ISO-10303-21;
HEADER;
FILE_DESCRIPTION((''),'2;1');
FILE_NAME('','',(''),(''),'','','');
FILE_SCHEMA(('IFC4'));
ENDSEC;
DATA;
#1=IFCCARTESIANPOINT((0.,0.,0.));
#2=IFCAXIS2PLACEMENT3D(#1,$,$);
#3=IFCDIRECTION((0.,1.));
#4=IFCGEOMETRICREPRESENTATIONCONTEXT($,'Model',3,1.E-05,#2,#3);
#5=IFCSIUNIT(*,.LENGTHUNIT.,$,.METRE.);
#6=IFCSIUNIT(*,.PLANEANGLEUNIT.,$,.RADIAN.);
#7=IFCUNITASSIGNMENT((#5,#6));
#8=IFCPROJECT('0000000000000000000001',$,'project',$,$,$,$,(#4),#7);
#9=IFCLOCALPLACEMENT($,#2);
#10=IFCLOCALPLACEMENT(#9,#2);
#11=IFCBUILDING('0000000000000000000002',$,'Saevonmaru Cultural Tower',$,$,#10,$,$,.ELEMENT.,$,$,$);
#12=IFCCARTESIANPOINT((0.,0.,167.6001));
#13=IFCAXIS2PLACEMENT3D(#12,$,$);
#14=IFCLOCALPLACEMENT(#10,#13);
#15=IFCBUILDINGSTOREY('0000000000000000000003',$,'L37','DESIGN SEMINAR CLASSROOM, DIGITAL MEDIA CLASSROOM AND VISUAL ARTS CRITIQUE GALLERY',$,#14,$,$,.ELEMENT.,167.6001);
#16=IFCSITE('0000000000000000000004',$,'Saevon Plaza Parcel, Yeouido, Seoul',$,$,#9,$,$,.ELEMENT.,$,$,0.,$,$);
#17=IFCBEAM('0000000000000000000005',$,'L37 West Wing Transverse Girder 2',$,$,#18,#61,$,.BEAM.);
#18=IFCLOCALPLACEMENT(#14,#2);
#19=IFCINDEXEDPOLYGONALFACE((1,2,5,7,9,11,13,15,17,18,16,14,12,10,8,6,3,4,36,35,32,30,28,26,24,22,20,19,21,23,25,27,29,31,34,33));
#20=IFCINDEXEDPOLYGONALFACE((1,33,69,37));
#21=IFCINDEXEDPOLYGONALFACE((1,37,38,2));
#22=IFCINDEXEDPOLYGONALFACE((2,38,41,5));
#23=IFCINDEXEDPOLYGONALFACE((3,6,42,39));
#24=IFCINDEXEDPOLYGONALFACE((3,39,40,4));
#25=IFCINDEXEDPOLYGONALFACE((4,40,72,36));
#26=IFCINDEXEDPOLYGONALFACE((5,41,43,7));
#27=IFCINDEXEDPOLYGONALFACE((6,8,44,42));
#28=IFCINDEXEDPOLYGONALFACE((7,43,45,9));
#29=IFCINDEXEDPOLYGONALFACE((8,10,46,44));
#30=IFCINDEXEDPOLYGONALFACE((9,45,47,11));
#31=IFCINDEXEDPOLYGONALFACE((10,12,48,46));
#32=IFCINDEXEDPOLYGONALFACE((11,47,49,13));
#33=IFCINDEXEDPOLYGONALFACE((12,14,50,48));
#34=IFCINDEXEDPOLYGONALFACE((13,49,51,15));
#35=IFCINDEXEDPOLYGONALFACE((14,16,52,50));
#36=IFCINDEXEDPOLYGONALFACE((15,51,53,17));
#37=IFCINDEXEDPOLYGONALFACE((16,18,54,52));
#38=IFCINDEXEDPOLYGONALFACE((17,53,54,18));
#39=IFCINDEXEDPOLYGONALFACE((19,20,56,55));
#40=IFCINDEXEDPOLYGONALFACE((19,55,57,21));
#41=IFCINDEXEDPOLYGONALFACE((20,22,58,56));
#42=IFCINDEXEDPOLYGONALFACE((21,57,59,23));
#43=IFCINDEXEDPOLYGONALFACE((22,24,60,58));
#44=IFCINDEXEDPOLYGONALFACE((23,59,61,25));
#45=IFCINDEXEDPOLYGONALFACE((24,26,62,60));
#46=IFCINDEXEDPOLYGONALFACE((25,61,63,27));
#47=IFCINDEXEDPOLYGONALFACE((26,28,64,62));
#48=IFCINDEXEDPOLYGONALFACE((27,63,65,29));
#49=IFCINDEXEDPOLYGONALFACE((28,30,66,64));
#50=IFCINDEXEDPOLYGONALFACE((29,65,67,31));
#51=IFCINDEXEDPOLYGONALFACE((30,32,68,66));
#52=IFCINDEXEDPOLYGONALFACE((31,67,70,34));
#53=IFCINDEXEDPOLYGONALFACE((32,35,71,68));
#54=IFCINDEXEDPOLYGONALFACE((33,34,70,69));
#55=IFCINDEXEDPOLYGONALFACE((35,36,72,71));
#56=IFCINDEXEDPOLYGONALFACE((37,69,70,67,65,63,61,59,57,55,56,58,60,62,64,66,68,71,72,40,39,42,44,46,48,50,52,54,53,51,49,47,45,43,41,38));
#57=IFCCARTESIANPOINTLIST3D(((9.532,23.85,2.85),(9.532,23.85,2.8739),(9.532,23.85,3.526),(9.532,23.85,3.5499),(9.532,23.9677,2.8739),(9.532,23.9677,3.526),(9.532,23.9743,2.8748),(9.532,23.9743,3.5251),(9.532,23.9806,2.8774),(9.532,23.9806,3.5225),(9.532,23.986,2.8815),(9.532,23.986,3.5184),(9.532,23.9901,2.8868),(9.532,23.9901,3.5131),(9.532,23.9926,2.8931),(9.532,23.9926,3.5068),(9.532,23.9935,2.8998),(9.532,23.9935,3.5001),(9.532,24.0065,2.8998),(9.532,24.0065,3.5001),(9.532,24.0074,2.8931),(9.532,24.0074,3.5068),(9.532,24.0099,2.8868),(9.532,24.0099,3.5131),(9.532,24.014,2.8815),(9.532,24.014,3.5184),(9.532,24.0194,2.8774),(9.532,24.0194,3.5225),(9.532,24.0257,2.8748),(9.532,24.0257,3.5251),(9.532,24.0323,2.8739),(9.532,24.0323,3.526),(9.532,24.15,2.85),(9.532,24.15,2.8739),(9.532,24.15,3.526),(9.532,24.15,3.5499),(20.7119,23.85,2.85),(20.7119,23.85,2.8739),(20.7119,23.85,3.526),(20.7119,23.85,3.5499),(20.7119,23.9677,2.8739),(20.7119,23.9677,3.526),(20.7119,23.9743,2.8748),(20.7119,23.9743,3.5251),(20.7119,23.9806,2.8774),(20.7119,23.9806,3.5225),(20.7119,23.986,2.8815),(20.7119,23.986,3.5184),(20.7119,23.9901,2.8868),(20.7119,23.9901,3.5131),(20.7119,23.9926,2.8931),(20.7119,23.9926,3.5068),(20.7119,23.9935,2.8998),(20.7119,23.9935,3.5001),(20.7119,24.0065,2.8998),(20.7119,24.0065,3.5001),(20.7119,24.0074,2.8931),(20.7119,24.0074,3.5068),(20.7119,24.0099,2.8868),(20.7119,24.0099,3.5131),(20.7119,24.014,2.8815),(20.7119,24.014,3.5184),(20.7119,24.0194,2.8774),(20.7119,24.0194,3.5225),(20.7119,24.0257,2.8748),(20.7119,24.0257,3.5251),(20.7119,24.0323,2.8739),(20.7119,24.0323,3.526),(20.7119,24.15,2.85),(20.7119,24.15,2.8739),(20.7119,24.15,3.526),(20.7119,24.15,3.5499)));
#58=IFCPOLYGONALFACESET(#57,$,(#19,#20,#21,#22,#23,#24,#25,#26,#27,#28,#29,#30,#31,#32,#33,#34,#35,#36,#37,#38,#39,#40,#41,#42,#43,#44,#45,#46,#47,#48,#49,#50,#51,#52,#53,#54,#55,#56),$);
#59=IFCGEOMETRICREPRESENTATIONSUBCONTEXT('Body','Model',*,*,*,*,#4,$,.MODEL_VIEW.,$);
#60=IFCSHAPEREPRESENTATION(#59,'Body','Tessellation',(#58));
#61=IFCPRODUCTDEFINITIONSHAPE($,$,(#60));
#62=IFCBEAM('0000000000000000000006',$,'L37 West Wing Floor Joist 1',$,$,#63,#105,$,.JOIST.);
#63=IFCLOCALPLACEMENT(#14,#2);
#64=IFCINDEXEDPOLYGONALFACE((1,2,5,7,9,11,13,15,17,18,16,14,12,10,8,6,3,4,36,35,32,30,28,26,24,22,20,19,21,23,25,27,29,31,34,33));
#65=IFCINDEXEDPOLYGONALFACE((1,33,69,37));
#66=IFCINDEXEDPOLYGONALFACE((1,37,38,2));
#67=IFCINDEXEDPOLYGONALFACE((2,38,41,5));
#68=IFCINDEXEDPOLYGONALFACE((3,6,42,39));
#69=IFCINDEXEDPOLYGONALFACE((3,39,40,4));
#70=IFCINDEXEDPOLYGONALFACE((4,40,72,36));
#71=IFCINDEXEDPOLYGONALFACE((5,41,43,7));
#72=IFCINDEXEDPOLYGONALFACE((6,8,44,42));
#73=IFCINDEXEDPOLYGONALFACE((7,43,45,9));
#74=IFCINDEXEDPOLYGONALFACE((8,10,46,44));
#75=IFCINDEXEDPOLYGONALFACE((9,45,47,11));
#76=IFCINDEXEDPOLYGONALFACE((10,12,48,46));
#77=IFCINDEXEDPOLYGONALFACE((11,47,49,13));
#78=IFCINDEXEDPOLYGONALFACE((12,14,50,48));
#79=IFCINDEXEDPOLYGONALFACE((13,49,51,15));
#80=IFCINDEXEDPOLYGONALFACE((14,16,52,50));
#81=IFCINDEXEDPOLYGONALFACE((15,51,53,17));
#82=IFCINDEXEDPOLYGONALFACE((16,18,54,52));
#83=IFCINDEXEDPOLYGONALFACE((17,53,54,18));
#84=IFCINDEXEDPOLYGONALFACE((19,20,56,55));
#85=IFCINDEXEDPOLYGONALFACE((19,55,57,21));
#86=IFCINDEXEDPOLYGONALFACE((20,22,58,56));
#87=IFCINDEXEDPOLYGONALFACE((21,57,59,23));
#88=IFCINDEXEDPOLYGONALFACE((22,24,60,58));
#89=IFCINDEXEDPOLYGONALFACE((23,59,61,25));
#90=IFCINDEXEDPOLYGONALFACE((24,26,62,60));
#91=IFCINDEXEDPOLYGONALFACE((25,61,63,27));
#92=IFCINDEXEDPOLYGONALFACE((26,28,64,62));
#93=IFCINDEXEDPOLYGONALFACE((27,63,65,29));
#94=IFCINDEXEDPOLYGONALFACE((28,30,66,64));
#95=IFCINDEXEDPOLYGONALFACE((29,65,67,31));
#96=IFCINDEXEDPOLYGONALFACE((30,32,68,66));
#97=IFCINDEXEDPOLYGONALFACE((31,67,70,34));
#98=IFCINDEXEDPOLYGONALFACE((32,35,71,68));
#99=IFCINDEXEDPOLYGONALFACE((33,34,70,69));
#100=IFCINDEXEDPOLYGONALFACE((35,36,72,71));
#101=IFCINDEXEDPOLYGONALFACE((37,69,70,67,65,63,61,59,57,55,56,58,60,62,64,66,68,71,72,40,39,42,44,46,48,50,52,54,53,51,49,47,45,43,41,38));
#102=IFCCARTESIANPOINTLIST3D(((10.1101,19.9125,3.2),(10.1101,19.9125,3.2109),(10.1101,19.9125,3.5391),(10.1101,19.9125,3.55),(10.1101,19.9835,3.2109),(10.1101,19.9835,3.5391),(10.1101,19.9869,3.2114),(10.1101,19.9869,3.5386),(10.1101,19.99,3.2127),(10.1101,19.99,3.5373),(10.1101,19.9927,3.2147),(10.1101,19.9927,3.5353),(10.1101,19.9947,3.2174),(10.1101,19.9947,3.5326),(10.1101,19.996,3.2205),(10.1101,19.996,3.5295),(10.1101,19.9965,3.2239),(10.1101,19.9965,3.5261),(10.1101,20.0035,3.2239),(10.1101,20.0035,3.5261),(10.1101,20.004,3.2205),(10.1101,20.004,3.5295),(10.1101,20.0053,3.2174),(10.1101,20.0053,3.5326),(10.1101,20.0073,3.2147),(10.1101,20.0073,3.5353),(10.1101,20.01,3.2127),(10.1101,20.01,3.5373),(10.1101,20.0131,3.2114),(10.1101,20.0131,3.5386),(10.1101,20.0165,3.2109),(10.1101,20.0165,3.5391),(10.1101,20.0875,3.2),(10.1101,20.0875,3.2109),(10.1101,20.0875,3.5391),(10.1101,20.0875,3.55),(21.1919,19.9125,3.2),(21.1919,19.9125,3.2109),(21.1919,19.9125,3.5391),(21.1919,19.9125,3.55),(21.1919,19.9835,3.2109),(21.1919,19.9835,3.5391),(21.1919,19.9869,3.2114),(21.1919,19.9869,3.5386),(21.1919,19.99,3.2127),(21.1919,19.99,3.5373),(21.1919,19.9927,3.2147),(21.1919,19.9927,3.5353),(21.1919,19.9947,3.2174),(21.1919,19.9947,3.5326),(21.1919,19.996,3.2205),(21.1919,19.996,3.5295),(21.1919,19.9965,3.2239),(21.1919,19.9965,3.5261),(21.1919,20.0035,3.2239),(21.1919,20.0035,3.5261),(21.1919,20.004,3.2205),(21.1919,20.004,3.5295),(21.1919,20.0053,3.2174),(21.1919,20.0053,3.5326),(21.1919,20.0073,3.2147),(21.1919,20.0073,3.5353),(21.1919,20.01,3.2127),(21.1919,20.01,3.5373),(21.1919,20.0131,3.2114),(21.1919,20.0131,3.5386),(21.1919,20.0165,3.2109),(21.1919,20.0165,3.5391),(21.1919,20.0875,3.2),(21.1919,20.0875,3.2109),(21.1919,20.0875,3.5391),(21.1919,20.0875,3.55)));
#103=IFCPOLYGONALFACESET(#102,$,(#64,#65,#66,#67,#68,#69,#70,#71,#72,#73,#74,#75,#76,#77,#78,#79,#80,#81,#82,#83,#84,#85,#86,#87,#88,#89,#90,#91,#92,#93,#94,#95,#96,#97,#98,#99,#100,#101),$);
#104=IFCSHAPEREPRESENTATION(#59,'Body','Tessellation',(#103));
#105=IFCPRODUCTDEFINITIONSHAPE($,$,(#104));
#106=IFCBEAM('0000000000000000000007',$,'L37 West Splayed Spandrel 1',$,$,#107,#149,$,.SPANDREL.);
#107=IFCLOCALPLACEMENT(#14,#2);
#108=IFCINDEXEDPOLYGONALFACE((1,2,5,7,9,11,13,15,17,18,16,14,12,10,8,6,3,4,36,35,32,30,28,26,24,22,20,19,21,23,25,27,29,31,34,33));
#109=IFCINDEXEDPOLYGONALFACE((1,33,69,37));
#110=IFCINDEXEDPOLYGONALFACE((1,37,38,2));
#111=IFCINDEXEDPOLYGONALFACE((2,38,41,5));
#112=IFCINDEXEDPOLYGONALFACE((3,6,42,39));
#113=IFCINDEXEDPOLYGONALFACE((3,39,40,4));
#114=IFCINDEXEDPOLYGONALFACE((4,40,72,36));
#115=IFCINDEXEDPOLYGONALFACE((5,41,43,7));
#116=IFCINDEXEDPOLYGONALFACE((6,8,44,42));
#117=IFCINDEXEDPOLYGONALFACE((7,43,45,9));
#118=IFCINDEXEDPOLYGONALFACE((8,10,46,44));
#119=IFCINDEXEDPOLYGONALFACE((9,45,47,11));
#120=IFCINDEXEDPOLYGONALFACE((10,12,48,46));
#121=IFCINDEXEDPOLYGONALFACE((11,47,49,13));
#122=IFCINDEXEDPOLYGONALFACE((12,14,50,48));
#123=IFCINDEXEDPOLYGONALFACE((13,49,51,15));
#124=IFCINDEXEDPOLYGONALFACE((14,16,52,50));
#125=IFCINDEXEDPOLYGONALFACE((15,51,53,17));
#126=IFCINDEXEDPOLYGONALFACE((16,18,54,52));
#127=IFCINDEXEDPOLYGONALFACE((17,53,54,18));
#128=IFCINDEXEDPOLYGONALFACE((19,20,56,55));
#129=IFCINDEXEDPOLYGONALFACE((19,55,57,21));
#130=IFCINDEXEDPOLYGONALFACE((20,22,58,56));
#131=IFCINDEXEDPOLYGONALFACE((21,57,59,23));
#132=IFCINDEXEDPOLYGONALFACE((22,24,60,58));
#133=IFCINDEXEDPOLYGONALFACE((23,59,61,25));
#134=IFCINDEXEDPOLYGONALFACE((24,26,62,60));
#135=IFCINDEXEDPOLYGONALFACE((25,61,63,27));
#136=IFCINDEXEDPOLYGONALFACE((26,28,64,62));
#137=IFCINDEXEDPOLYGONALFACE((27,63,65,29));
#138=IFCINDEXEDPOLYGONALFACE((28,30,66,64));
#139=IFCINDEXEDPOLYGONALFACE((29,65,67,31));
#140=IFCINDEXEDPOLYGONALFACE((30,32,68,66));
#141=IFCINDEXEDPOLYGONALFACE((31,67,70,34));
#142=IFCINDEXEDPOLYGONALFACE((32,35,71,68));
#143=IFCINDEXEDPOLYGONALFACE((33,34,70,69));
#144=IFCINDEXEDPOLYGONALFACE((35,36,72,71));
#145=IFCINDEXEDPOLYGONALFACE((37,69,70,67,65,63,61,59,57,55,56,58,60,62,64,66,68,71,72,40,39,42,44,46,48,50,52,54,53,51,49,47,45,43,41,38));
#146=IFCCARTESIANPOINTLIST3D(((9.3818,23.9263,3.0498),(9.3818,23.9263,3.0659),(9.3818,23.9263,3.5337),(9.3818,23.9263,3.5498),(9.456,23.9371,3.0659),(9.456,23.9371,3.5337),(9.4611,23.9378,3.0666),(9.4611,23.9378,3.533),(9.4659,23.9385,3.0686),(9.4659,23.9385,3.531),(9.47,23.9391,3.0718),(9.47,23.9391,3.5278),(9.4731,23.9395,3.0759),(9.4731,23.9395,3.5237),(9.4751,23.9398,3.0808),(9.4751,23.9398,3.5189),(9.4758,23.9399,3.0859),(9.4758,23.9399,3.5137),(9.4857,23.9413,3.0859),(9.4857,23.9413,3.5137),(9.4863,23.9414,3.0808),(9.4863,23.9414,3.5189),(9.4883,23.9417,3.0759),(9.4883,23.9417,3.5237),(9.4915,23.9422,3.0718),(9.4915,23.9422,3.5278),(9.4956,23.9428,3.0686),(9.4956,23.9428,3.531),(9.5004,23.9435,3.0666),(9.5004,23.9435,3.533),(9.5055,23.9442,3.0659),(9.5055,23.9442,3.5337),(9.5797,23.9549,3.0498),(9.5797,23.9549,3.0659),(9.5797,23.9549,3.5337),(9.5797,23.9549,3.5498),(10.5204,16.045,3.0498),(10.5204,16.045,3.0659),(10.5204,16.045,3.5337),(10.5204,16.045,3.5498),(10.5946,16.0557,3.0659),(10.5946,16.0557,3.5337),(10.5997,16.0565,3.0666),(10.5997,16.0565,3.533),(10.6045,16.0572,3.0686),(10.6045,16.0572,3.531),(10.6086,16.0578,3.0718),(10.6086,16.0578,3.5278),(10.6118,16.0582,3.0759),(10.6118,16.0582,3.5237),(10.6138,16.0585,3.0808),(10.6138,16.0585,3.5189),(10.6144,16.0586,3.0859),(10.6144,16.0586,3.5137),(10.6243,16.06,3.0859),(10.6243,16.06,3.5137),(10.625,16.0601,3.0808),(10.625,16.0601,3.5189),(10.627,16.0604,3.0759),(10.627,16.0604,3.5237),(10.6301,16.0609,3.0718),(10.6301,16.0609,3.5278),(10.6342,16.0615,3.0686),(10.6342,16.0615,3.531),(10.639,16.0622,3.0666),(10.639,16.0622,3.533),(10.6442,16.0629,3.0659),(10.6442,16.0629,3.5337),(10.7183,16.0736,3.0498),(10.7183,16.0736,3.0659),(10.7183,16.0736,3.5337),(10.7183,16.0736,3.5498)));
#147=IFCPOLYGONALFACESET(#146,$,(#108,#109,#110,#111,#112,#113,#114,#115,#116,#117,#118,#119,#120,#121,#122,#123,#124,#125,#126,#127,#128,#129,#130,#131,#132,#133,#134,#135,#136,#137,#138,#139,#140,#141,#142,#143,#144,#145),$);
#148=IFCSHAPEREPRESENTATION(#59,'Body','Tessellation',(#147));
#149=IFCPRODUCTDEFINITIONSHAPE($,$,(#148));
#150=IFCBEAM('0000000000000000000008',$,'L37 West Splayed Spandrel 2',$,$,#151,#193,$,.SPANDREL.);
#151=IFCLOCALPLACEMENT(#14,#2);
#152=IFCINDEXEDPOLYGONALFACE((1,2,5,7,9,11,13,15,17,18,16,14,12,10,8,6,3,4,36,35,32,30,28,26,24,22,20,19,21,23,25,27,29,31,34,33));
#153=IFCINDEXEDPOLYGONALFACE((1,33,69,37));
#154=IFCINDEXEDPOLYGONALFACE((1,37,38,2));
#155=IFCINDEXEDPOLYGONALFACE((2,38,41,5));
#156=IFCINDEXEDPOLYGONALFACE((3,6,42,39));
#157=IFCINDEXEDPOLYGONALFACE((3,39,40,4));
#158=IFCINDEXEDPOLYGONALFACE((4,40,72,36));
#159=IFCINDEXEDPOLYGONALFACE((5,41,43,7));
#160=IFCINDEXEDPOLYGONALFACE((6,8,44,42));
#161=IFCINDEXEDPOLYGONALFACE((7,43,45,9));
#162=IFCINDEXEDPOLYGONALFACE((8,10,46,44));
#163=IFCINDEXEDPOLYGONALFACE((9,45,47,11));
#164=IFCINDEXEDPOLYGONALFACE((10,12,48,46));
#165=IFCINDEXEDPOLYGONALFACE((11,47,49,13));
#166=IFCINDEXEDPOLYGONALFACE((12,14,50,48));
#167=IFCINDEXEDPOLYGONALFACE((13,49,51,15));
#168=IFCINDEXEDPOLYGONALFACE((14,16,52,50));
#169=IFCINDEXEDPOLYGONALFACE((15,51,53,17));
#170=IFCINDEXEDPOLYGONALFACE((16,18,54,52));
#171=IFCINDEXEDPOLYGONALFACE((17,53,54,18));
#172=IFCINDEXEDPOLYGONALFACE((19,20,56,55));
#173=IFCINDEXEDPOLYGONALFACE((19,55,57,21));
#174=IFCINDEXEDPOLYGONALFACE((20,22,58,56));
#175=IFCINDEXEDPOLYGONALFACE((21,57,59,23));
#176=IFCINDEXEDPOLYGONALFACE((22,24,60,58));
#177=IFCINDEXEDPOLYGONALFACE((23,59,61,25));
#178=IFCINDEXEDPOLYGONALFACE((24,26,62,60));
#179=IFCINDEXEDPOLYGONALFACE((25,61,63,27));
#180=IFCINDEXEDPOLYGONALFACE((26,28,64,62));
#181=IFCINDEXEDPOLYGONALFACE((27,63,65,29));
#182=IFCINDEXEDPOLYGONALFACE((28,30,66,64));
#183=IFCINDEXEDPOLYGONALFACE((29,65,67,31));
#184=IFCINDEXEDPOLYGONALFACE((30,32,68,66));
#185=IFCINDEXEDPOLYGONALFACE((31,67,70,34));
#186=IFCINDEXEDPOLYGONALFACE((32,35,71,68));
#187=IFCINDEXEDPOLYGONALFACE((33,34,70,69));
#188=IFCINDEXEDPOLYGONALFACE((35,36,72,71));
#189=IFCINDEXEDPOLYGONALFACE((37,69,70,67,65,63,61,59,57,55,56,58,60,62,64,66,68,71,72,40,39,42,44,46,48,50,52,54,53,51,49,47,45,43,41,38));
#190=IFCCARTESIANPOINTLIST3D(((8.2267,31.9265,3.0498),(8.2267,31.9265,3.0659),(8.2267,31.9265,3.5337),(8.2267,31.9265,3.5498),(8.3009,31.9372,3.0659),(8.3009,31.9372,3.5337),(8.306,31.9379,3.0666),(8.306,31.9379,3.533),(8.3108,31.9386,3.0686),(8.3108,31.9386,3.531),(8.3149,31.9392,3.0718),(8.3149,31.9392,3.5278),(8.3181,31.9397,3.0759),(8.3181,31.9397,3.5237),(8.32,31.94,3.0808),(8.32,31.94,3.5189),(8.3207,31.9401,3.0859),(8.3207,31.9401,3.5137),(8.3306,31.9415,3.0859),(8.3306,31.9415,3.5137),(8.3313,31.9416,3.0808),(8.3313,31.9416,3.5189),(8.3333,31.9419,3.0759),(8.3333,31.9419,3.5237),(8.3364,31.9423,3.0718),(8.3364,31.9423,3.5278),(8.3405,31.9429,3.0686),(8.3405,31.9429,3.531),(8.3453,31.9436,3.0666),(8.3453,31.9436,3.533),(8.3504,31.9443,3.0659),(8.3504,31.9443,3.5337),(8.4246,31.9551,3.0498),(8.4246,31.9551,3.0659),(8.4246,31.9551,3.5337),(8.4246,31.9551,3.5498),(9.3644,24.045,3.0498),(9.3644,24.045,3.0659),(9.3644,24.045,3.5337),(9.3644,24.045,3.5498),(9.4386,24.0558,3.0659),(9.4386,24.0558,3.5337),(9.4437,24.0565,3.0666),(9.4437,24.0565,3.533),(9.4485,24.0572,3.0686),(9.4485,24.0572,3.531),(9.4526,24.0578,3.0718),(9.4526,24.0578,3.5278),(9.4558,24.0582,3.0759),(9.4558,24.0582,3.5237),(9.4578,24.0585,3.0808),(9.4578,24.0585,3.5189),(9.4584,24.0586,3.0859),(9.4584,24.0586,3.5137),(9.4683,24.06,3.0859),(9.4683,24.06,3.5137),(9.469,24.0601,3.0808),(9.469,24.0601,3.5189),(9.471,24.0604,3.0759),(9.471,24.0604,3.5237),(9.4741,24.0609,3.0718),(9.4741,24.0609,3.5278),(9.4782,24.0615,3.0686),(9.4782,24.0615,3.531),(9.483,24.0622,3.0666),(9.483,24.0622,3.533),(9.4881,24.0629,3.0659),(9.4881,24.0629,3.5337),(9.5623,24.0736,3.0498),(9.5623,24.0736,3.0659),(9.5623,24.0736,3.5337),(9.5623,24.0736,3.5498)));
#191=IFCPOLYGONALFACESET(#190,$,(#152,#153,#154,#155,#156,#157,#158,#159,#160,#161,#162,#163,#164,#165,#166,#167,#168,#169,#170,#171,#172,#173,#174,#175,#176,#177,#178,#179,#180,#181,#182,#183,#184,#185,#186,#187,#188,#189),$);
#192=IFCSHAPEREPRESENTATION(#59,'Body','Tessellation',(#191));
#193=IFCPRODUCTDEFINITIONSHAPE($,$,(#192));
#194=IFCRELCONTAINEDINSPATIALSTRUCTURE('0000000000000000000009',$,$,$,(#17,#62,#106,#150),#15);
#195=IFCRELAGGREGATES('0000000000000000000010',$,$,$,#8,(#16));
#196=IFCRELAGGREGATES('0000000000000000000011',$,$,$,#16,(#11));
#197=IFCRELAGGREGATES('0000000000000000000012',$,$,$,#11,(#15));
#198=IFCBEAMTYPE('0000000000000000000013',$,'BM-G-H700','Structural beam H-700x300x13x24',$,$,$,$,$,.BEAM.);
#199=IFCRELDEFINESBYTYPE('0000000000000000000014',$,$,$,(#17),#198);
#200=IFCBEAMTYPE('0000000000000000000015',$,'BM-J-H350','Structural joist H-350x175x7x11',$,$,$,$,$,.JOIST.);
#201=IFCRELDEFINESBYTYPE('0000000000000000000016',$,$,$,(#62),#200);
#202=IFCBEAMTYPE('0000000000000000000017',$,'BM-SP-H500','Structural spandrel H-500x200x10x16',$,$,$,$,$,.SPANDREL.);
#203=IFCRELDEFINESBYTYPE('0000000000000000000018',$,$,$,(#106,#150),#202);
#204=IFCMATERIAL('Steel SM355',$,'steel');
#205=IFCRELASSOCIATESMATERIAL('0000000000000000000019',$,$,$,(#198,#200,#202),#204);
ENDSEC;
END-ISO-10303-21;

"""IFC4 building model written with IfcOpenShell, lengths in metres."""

from ifc_helpers import new_model, si_unit, direction, frame, origin, origin_2d, place, context, subcontext, project, spatial, i_section, extrude, material, material_profile, profile_set, type_object, element, save


model = new_model("IFC4")

# Units and contexts
model_context = context("Model", 3, precision=1e-05, world=origin(), true_north=direction((0.0, 1.0)))
body_context = subcontext(model_context, "Body", "Model", "MODEL_VIEW")
ifc_project = project(units=[si_unit("LENGTHUNIT", "METRE"), si_unit("PLANEANGLEUNIT", "RADIAN")], contexts=[model_context])

# Site, building, storey
site_placement = place(None, origin())
site = spatial("IfcSite", under=ifc_project, at=site_placement, Name="Saevon Plaza Parcel, Yeouido, Seoul", CompositionType="ELEMENT", RefElevation=0.0)
building_placement = place(site_placement, origin())
building = spatial("IfcBuilding", under=site, at=building_placement, Name="Saevonmaru Cultural Tower", CompositionType="ELEMENT")
storey_placement = place(building_placement, frame((0.0, 0.0, 167.6001)))
storey = spatial("IfcBuildingStorey", under=building, at=storey_placement, Name="L37", Description="DESIGN SEMINAR CLASSROOM, DIGITAL MEDIA CLASSROOM AND VISUAL ARTS CRITIQUE GALLERY", CompositionType="ELEMENT", Elevation=167.6001)

# Shared definitions
ifc_material_1 = material(Name="Steel SM355", Category="steel")

# Beams
ifc_material_profile_1 = material_profile(ifc_material_1, i_section(OverallWidth=0.3, OverallDepth=0.7, WebThickness=0.0129, FlangeThickness=0.0239, FilletRadius=0.0259, at=origin_2d()), Name="H-700x300x13x24")
ifc_profile_set_1 = profile_set([ifc_material_profile_1], Name="Steel SM355")
beam_type_1 = type_object("IfcBeamType", Name="BM-G-H700", Description="Structural beam H-700x300x13x24", PredefinedType="BEAM", material=ifc_profile_set_1)
for number, where, z_axis, x_axis, name in (
    (1, (9.532, 24.0, 3.2), (1.0, 0.0, 0.0), (0.0, 1.0, 0.0), "L37 West Wing Transverse Girder 2"),
):
    element("IfcBeam", number, at=place(storey_placement, frame(where, z_axis=z_axis, x_axis=x_axis)), inside=storey, type_object=beam_type_1, Name=name, PredefinedType="BEAM", context=body_context, shape_type="SweptSolid", body=[
        extrude(i_section(OverallWidth=0.3, OverallDepth=0.7, WebThickness=0.0129, FlangeThickness=0.0239, FilletRadius=0.0259, at=origin_2d()), origin(), (0.0, 0.0, 1.0), 11.1799),
    ])
ifc_material_profile_2 = material_profile(ifc_material_1, i_section(OverallWidth=0.175, OverallDepth=0.3501, WebThickness=0.0071, FlangeThickness=0.011, FilletRadius=0.0129, at=origin_2d()), Name="H-350x175x7x11")
ifc_profile_set_2 = profile_set([ifc_material_profile_2], Name="Steel SM355")
beam_type_2 = type_object("IfcBeamType", Name="BM-J-H350", Description="Structural joist H-350x175x7x11", PredefinedType="JOIST", material=ifc_profile_set_2)
beam_1_placement = place(storey_placement, frame((10.1101, 20.0, 3.375), z_axis=(1.0, 0.0, 0.0), x_axis=(0.0, 1.0, 0.0)))
element("IfcBeam", 2, at=beam_1_placement, inside=storey, type_object=beam_type_2, Name="L37 West Wing Floor Joist 1", PredefinedType="JOIST", context=body_context, shape_type="SweptSolid", body=[
    extrude(i_section(OverallWidth=0.175, OverallDepth=0.3501, WebThickness=0.0071, FlangeThickness=0.011, FilletRadius=0.0129, at=origin_2d()), origin(), (0.0, 0.0, 1.0), 11.0818),
])
ifc_material_profile_3 = material_profile(ifc_material_1, i_section(OverallWidth=0.2, OverallDepth=0.5, WebThickness=0.01, FlangeThickness=0.0161, FilletRadius=0.02, at=origin_2d()), Name="H-500x200x10x16")
ifc_profile_set_3 = profile_set([ifc_material_profile_3], Name="Steel SM355")
beam_type_3 = type_object("IfcBeamType", Name="BM-SP-H500", Description="Structural spandrel H-500x200x10x16", PredefinedType="SPANDREL", material=ifc_profile_set_3)
for number, where, z_axis, x_axis, name in (
    (3, (10.6194, 16.0593, 3.2998), (-0.142992, 0.989724, 0.0), (-0.989724, -0.142992, 0.0), "L37 West Splayed Spandrel 1"),
    (4, (9.4634, 24.0593, 3.2998), (-0.142872, 0.989741, 0.0), (-0.989741, -0.142872, 0.0), "L37 West Splayed Spandrel 2"),
):
    element("IfcBeam", number, at=place(storey_placement, frame(where, z_axis=z_axis, x_axis=x_axis)), inside=storey, type_object=beam_type_3, Name=name, PredefinedType="SPANDREL", context=body_context, shape_type="SweptSolid", body=[
        extrude(i_section(OverallWidth=0.2, OverallDepth=0.5, WebThickness=0.01, FlangeThickness=0.0161, FilletRadius=0.02, at=origin_2d()), origin(), (0.0, 0.0, 1.0), 7.9631),
    ])

save(model, "model.ifc")
